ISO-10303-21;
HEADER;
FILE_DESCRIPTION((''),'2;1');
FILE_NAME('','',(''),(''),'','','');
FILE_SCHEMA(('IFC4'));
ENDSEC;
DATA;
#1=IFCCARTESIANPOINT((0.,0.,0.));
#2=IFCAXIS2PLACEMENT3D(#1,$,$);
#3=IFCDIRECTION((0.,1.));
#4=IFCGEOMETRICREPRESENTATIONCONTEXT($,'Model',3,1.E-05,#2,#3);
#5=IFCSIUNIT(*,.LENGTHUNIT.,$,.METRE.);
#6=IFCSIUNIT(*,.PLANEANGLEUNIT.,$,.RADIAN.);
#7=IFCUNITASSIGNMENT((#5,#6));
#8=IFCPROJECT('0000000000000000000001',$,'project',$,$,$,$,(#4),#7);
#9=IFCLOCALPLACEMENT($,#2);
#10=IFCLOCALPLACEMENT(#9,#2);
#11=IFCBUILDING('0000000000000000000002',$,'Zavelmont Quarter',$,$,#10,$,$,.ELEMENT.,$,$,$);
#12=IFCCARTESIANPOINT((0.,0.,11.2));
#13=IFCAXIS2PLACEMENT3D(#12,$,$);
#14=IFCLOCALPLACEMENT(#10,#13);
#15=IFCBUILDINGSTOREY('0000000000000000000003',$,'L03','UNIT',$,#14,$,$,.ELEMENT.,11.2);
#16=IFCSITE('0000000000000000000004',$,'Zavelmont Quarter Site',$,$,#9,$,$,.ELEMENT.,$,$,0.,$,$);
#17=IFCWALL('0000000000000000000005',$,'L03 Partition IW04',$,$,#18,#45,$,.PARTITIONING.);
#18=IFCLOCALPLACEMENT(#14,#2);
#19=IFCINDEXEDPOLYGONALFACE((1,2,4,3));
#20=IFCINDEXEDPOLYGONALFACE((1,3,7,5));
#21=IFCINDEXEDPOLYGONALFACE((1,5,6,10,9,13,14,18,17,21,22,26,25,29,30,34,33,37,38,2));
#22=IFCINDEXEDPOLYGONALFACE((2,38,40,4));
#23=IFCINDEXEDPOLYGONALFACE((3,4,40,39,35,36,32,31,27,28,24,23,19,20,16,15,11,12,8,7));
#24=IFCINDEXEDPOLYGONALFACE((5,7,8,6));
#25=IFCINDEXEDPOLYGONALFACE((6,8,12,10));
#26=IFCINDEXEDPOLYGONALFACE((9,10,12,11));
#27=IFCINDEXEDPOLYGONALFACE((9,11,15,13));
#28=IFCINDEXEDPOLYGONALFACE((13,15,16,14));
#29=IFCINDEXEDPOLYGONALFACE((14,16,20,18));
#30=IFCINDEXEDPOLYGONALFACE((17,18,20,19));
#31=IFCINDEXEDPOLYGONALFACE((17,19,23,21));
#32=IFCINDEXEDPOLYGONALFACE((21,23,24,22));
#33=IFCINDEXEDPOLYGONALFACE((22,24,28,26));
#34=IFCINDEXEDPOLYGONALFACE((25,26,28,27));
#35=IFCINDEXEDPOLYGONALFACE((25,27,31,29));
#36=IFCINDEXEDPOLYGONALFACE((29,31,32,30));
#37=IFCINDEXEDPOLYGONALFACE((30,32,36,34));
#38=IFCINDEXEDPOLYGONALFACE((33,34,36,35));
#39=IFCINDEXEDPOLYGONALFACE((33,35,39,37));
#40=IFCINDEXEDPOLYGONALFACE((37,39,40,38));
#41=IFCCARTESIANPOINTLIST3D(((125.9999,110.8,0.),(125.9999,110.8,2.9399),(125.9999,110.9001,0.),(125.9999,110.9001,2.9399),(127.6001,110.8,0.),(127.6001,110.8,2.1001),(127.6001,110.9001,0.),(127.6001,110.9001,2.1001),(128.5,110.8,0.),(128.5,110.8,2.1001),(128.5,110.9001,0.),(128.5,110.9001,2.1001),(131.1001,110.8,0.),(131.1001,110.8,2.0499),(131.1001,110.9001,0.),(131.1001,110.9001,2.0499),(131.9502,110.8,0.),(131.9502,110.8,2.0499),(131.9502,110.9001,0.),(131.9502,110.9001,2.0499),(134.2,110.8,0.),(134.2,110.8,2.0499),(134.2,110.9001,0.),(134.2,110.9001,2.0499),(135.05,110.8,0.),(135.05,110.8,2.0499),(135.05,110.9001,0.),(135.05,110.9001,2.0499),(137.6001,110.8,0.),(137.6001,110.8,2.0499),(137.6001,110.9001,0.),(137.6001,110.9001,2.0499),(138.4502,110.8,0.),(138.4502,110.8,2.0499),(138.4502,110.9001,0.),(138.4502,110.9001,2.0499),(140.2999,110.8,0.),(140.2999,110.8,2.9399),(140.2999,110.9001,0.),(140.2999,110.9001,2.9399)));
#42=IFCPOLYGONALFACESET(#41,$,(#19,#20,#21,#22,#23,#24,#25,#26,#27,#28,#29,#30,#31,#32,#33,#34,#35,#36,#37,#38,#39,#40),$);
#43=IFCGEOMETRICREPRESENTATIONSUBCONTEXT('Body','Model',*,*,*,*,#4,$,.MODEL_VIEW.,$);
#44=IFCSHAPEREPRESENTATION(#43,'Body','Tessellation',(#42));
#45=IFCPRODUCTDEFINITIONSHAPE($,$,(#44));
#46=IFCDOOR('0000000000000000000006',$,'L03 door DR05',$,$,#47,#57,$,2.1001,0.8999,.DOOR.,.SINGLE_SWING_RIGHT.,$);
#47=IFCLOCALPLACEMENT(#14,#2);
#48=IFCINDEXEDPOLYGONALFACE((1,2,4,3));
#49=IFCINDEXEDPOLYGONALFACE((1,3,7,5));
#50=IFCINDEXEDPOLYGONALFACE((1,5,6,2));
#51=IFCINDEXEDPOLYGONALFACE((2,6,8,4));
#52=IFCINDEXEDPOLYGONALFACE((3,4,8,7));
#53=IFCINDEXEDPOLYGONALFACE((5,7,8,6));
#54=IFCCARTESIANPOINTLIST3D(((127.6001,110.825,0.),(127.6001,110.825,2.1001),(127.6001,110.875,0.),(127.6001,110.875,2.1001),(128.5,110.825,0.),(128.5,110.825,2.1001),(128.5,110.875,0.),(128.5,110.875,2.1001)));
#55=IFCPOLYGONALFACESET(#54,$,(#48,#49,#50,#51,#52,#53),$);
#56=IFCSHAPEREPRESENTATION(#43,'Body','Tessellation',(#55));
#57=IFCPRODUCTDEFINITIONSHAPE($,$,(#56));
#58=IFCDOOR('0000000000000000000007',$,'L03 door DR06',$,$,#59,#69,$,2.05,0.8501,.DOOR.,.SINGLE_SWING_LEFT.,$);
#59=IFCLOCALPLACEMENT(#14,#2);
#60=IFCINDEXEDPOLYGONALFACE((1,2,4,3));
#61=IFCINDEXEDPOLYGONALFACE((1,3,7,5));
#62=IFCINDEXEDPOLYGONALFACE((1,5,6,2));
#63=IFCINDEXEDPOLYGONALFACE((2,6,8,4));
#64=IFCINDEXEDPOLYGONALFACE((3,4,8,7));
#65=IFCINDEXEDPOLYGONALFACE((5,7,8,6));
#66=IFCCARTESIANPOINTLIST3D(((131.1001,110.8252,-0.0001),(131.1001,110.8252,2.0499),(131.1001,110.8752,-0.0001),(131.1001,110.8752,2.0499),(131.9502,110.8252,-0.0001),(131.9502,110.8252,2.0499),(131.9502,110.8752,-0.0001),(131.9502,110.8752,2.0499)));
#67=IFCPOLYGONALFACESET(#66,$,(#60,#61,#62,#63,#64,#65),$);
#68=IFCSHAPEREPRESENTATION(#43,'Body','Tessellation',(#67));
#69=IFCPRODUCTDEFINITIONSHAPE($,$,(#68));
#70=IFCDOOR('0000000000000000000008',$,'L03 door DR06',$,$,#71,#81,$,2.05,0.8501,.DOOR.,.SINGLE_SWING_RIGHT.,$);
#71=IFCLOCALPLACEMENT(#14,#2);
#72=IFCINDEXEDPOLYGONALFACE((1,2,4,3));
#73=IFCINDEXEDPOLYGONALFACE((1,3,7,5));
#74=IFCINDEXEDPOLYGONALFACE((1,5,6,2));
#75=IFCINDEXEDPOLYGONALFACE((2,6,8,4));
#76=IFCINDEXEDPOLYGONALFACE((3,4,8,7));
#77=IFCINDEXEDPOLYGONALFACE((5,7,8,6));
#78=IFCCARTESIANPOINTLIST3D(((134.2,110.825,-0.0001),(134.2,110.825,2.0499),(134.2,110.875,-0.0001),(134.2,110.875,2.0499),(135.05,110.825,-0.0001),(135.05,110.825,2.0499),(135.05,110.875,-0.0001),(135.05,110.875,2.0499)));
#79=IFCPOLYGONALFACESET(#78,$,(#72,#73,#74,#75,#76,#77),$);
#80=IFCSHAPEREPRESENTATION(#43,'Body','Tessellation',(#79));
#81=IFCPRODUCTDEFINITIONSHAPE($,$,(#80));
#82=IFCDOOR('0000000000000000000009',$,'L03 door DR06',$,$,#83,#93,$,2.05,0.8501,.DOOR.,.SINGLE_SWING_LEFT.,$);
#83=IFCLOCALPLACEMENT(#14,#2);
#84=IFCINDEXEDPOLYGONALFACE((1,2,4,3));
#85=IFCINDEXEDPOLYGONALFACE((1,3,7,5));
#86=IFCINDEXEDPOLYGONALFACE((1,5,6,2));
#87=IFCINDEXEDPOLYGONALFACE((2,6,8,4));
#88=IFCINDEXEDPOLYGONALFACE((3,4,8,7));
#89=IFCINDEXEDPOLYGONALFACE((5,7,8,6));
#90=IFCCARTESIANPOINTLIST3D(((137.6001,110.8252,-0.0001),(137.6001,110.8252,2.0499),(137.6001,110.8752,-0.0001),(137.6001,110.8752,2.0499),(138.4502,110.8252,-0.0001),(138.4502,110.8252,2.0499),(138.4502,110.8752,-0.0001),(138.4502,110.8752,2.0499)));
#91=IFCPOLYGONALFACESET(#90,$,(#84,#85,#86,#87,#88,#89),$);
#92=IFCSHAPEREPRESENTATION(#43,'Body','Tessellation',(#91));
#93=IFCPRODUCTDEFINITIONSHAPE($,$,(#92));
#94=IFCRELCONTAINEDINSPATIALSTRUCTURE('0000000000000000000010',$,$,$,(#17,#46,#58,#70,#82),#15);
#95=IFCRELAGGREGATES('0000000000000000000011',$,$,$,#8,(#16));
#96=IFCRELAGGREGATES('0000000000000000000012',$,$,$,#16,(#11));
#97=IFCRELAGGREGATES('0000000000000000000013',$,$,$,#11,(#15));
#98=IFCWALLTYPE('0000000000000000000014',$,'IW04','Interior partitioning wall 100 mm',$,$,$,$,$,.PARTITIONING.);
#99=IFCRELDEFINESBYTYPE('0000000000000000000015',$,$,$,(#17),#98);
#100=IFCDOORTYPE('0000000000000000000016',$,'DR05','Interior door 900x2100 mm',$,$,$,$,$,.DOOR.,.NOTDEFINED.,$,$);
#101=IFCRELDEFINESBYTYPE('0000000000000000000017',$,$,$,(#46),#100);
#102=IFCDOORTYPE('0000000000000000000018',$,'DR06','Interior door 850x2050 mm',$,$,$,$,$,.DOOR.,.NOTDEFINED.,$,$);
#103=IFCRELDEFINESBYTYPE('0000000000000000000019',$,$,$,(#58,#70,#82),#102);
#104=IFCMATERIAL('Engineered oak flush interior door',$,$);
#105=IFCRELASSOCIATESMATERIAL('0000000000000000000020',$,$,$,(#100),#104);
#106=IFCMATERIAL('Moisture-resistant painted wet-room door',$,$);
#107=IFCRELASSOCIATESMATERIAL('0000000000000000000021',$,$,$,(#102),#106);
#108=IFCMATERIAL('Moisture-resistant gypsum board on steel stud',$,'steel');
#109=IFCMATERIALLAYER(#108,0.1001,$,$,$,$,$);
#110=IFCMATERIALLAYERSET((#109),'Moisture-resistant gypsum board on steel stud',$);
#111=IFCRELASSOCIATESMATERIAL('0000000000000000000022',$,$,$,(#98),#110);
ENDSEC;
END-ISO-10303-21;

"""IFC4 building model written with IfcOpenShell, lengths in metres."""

from ifc_helpers import new_model, si_unit, direction, frame, frame_2d, origin, origin_with_axes, place, context, subcontext, project, spatial, rectangle, extrude, material, layer, layer_set, type_object, element, fill, save


model = new_model("IFC4")

# Units and contexts
model_context = context("Model", 3, precision=1e-05, world=origin(), true_north=direction((0.0, 1.0)))
body_context = subcontext(model_context, "Body", "Model", "MODEL_VIEW")
ifc_project = project(units=[si_unit("LENGTHUNIT", "METRE"), si_unit("PLANEANGLEUNIT", "RADIAN")], contexts=[model_context])

# Site, building, storey
site_placement = place(None, origin())
site = spatial("IfcSite", under=ifc_project, at=site_placement, Name="Zavelmont Quarter Site", CompositionType="ELEMENT", RefElevation=0.0)
building_placement = place(site_placement, origin())
building = spatial("IfcBuilding", under=site, at=building_placement, Name="Zavelmont Quarter", CompositionType="ELEMENT")
storey_placement = place(building_placement, frame((0.0, 0.0, 11.2)))
storey = spatial("IfcBuildingStorey", under=building, at=storey_placement, Name="L03", Description="UNIT", CompositionType="ELEMENT", Elevation=11.2)

# Shared definitions
ifc_material_1 = material(Name="Engineered oak flush interior door")
door_type_1 = type_object("IfcDoorType", Name="DR05", Description="Interior door 900x2100 mm", OperationType="NOTDEFINED", PredefinedType="DOOR", material=ifc_material_1)
ifc_material_2 = material(Name="Moisture-resistant painted wet-room door")
door_type_2 = type_object("IfcDoorType", Name="DR06", Description="Interior door 850x2050 mm", OperationType="NOTDEFINED", PredefinedType="DOOR", material=ifc_material_2)

# Shared definitions
ifc_material_3 = material(Name="Moisture-resistant gypsum board on steel stud", Category="steel")
ifc_layer_1 = layer(ifc_material_3, 0.1001)
ifc_layer_set_1 = layer_set([ifc_layer_1], Name="Moisture-resistant gypsum board on steel stud")
wall_type_1 = type_object("IfcWallType", Name="IW04", Description="Interior partitioning wall 100 mm", PredefinedType="PARTITIONING", material=ifc_layer_set_1)

# Wall, openings, doors
wall_1_placement = place(storey_placement, frame((126.0, 110.8501, 0.0), z_axis=(0.0, 0.0, 1.0), x_axis=(1.0, 0.0, 0.0)))
wall_1 = element("IfcWall", 1, at=wall_1_placement, inside=storey, type_object=wall_type_1, Name="L03 Partition IW04", PredefinedType="PARTITIONING", context=body_context, shape_type="SweptSolid", body=[
    extrude(rectangle(XDim=14.3, YDim=0.1001, at=frame_2d((7.1499, 0.0))), origin(), (0.0, 0.0, 1.0), 2.9399),
])
opening_1_placement = place(wall_1_placement, frame((1.6001, 0.0, 0.0)))
opening_1 = element("IfcOpeningElement", 2, at=opening_1_placement, cuts=wall_1, PredefinedType="OPENING", context=body_context, shape_type="SweptSolid", body=[
    extrude(rectangle(XDim=0.8999, YDim=2.1001, at=frame_2d((0.45, 1.05))), frame((0.0, 0.062, 0.0), z_axis=(0.0, -1.0, 0.0), x_axis=(1.0, 0.0, 0.0)), (0.0, 0.0, 1.0), 0.124),
])
opening_2_placement = place(wall_1_placement, frame((5.1001, 0.0, 0.0)))
opening_2 = element("IfcOpeningElement", 3, at=opening_2_placement, cuts=wall_1, PredefinedType="OPENING", context=body_context, shape_type="SweptSolid", body=[
    extrude(rectangle(XDim=0.8501, YDim=2.05, at=frame_2d((0.425, 1.0249))), frame((0.0, 0.062, 0.0), z_axis=(0.0, -1.0, 0.0), x_axis=(1.0, 0.0, 0.0)), (0.0, 0.0, 1.0), 0.124),
])
opening_3_placement = place(wall_1_placement, frame((8.2, 0.0, 0.0)))
opening_3 = element("IfcOpeningElement", 4, at=opening_3_placement, cuts=wall_1, PredefinedType="OPENING", context=body_context, shape_type="SweptSolid", body=[
    extrude(rectangle(XDim=0.8501, YDim=2.05, at=frame_2d((0.425, 1.0249))), frame((0.0, 0.062, 0.0), z_axis=(0.0, -1.0, 0.0), x_axis=(1.0, 0.0, 0.0)), (0.0, 0.0, 1.0), 0.124),
])
opening_4_placement = place(wall_1_placement, frame((11.6001, 0.0, 0.0)))
opening_4 = element("IfcOpeningElement", 5, at=opening_4_placement, cuts=wall_1, PredefinedType="OPENING", context=body_context, shape_type="SweptSolid", body=[
    extrude(rectangle(XDim=0.8501, YDim=2.05, at=frame_2d((0.425, 1.0249))), frame((0.0, 0.062, 0.0), z_axis=(0.0, -1.0, 0.0), x_axis=(1.0, 0.0, 0.0)), (0.0, 0.0, 1.0), 0.124),
])
door_1_placement = place(opening_1_placement, origin_with_axes())
door_1 = element("IfcDoor", 6, at=door_1_placement, inside=storey, type_object=door_type_1, Name="L03 door DR05", OperationType="SINGLE_SWING_RIGHT", OverallHeight=2.1001, OverallWidth=0.8999, PredefinedType="DOOR", context=body_context, shape_type="SweptSolid", body=[
    extrude(rectangle(XDim=0.8999, YDim=2.1001, at=frame_2d((0.45, 1.05))), frame((0.0, 0.0249, 0.0), z_axis=(0.0, -1.0, 0.0), x_axis=(1.0, 0.0, 0.0)), (0.0, 0.0, 1.0), 0.05),
])
fill(opening_1, door_1)
door_2_placement = place(opening_2_placement, frame((0.8501, 0.0, 0.0), z_axis=(0.0, 0.0, 1.0), x_axis=(-1.0, 0.0, 0.0)))
door_2 = element("IfcDoor", 7, at=door_2_placement, inside=storey, type_object=door_type_2, Name="L03 door DR06", OperationType="SINGLE_SWING_LEFT", OverallHeight=2.05, OverallWidth=0.8501, PredefinedType="DOOR", context=body_context, shape_type="SweptSolid", body=[
    extrude(rectangle(XDim=0.8501, YDim=2.05, at=frame_2d((0.425, 1.0249))), frame((0.0, 0.0249, 0.0), z_axis=(0.0, -1.0, 0.0), x_axis=(1.0, 0.0, 0.0)), (0.0, 0.0, 1.0), 0.05),
])
fill(opening_2, door_2)
door_3_placement = place(opening_3_placement, origin_with_axes())
door_3 = element("IfcDoor", 8, at=door_3_placement, inside=storey, type_object=door_type_2, Name="L03 door DR06", OperationType="SINGLE_SWING_RIGHT", OverallHeight=2.05, OverallWidth=0.8501, PredefinedType="DOOR", context=body_context, shape_type="SweptSolid", body=[
    extrude(rectangle(XDim=0.8501, YDim=2.05, at=frame_2d((0.425, 1.0249))), frame((0.0, 0.0249, 0.0), z_axis=(0.0, -1.0, 0.0), x_axis=(1.0, 0.0, 0.0)), (0.0, 0.0, 1.0), 0.05),
])
fill(opening_3, door_3)
door_4_placement = place(opening_4_placement, frame((0.8501, 0.0, 0.0), z_axis=(0.0, 0.0, 1.0), x_axis=(-1.0, 0.0, 0.0)))
door_4 = element("IfcDoor", 9, at=door_4_placement, inside=storey, type_object=door_type_2, Name="L03 door DR06", OperationType="SINGLE_SWING_LEFT", OverallHeight=2.05, OverallWidth=0.8501, PredefinedType="DOOR", context=body_context, shape_type="SweptSolid", body=[
    extrude(rectangle(XDim=0.8501, YDim=2.05, at=frame_2d((0.425, 1.0249))), frame((0.0, 0.0249, 0.0), z_axis=(0.0, -1.0, 0.0), x_axis=(1.0, 0.0, 0.0)), (0.0, 0.0, 1.0), 0.05),
])
fill(opening_4, door_4)

save(model, "model.ifc")
